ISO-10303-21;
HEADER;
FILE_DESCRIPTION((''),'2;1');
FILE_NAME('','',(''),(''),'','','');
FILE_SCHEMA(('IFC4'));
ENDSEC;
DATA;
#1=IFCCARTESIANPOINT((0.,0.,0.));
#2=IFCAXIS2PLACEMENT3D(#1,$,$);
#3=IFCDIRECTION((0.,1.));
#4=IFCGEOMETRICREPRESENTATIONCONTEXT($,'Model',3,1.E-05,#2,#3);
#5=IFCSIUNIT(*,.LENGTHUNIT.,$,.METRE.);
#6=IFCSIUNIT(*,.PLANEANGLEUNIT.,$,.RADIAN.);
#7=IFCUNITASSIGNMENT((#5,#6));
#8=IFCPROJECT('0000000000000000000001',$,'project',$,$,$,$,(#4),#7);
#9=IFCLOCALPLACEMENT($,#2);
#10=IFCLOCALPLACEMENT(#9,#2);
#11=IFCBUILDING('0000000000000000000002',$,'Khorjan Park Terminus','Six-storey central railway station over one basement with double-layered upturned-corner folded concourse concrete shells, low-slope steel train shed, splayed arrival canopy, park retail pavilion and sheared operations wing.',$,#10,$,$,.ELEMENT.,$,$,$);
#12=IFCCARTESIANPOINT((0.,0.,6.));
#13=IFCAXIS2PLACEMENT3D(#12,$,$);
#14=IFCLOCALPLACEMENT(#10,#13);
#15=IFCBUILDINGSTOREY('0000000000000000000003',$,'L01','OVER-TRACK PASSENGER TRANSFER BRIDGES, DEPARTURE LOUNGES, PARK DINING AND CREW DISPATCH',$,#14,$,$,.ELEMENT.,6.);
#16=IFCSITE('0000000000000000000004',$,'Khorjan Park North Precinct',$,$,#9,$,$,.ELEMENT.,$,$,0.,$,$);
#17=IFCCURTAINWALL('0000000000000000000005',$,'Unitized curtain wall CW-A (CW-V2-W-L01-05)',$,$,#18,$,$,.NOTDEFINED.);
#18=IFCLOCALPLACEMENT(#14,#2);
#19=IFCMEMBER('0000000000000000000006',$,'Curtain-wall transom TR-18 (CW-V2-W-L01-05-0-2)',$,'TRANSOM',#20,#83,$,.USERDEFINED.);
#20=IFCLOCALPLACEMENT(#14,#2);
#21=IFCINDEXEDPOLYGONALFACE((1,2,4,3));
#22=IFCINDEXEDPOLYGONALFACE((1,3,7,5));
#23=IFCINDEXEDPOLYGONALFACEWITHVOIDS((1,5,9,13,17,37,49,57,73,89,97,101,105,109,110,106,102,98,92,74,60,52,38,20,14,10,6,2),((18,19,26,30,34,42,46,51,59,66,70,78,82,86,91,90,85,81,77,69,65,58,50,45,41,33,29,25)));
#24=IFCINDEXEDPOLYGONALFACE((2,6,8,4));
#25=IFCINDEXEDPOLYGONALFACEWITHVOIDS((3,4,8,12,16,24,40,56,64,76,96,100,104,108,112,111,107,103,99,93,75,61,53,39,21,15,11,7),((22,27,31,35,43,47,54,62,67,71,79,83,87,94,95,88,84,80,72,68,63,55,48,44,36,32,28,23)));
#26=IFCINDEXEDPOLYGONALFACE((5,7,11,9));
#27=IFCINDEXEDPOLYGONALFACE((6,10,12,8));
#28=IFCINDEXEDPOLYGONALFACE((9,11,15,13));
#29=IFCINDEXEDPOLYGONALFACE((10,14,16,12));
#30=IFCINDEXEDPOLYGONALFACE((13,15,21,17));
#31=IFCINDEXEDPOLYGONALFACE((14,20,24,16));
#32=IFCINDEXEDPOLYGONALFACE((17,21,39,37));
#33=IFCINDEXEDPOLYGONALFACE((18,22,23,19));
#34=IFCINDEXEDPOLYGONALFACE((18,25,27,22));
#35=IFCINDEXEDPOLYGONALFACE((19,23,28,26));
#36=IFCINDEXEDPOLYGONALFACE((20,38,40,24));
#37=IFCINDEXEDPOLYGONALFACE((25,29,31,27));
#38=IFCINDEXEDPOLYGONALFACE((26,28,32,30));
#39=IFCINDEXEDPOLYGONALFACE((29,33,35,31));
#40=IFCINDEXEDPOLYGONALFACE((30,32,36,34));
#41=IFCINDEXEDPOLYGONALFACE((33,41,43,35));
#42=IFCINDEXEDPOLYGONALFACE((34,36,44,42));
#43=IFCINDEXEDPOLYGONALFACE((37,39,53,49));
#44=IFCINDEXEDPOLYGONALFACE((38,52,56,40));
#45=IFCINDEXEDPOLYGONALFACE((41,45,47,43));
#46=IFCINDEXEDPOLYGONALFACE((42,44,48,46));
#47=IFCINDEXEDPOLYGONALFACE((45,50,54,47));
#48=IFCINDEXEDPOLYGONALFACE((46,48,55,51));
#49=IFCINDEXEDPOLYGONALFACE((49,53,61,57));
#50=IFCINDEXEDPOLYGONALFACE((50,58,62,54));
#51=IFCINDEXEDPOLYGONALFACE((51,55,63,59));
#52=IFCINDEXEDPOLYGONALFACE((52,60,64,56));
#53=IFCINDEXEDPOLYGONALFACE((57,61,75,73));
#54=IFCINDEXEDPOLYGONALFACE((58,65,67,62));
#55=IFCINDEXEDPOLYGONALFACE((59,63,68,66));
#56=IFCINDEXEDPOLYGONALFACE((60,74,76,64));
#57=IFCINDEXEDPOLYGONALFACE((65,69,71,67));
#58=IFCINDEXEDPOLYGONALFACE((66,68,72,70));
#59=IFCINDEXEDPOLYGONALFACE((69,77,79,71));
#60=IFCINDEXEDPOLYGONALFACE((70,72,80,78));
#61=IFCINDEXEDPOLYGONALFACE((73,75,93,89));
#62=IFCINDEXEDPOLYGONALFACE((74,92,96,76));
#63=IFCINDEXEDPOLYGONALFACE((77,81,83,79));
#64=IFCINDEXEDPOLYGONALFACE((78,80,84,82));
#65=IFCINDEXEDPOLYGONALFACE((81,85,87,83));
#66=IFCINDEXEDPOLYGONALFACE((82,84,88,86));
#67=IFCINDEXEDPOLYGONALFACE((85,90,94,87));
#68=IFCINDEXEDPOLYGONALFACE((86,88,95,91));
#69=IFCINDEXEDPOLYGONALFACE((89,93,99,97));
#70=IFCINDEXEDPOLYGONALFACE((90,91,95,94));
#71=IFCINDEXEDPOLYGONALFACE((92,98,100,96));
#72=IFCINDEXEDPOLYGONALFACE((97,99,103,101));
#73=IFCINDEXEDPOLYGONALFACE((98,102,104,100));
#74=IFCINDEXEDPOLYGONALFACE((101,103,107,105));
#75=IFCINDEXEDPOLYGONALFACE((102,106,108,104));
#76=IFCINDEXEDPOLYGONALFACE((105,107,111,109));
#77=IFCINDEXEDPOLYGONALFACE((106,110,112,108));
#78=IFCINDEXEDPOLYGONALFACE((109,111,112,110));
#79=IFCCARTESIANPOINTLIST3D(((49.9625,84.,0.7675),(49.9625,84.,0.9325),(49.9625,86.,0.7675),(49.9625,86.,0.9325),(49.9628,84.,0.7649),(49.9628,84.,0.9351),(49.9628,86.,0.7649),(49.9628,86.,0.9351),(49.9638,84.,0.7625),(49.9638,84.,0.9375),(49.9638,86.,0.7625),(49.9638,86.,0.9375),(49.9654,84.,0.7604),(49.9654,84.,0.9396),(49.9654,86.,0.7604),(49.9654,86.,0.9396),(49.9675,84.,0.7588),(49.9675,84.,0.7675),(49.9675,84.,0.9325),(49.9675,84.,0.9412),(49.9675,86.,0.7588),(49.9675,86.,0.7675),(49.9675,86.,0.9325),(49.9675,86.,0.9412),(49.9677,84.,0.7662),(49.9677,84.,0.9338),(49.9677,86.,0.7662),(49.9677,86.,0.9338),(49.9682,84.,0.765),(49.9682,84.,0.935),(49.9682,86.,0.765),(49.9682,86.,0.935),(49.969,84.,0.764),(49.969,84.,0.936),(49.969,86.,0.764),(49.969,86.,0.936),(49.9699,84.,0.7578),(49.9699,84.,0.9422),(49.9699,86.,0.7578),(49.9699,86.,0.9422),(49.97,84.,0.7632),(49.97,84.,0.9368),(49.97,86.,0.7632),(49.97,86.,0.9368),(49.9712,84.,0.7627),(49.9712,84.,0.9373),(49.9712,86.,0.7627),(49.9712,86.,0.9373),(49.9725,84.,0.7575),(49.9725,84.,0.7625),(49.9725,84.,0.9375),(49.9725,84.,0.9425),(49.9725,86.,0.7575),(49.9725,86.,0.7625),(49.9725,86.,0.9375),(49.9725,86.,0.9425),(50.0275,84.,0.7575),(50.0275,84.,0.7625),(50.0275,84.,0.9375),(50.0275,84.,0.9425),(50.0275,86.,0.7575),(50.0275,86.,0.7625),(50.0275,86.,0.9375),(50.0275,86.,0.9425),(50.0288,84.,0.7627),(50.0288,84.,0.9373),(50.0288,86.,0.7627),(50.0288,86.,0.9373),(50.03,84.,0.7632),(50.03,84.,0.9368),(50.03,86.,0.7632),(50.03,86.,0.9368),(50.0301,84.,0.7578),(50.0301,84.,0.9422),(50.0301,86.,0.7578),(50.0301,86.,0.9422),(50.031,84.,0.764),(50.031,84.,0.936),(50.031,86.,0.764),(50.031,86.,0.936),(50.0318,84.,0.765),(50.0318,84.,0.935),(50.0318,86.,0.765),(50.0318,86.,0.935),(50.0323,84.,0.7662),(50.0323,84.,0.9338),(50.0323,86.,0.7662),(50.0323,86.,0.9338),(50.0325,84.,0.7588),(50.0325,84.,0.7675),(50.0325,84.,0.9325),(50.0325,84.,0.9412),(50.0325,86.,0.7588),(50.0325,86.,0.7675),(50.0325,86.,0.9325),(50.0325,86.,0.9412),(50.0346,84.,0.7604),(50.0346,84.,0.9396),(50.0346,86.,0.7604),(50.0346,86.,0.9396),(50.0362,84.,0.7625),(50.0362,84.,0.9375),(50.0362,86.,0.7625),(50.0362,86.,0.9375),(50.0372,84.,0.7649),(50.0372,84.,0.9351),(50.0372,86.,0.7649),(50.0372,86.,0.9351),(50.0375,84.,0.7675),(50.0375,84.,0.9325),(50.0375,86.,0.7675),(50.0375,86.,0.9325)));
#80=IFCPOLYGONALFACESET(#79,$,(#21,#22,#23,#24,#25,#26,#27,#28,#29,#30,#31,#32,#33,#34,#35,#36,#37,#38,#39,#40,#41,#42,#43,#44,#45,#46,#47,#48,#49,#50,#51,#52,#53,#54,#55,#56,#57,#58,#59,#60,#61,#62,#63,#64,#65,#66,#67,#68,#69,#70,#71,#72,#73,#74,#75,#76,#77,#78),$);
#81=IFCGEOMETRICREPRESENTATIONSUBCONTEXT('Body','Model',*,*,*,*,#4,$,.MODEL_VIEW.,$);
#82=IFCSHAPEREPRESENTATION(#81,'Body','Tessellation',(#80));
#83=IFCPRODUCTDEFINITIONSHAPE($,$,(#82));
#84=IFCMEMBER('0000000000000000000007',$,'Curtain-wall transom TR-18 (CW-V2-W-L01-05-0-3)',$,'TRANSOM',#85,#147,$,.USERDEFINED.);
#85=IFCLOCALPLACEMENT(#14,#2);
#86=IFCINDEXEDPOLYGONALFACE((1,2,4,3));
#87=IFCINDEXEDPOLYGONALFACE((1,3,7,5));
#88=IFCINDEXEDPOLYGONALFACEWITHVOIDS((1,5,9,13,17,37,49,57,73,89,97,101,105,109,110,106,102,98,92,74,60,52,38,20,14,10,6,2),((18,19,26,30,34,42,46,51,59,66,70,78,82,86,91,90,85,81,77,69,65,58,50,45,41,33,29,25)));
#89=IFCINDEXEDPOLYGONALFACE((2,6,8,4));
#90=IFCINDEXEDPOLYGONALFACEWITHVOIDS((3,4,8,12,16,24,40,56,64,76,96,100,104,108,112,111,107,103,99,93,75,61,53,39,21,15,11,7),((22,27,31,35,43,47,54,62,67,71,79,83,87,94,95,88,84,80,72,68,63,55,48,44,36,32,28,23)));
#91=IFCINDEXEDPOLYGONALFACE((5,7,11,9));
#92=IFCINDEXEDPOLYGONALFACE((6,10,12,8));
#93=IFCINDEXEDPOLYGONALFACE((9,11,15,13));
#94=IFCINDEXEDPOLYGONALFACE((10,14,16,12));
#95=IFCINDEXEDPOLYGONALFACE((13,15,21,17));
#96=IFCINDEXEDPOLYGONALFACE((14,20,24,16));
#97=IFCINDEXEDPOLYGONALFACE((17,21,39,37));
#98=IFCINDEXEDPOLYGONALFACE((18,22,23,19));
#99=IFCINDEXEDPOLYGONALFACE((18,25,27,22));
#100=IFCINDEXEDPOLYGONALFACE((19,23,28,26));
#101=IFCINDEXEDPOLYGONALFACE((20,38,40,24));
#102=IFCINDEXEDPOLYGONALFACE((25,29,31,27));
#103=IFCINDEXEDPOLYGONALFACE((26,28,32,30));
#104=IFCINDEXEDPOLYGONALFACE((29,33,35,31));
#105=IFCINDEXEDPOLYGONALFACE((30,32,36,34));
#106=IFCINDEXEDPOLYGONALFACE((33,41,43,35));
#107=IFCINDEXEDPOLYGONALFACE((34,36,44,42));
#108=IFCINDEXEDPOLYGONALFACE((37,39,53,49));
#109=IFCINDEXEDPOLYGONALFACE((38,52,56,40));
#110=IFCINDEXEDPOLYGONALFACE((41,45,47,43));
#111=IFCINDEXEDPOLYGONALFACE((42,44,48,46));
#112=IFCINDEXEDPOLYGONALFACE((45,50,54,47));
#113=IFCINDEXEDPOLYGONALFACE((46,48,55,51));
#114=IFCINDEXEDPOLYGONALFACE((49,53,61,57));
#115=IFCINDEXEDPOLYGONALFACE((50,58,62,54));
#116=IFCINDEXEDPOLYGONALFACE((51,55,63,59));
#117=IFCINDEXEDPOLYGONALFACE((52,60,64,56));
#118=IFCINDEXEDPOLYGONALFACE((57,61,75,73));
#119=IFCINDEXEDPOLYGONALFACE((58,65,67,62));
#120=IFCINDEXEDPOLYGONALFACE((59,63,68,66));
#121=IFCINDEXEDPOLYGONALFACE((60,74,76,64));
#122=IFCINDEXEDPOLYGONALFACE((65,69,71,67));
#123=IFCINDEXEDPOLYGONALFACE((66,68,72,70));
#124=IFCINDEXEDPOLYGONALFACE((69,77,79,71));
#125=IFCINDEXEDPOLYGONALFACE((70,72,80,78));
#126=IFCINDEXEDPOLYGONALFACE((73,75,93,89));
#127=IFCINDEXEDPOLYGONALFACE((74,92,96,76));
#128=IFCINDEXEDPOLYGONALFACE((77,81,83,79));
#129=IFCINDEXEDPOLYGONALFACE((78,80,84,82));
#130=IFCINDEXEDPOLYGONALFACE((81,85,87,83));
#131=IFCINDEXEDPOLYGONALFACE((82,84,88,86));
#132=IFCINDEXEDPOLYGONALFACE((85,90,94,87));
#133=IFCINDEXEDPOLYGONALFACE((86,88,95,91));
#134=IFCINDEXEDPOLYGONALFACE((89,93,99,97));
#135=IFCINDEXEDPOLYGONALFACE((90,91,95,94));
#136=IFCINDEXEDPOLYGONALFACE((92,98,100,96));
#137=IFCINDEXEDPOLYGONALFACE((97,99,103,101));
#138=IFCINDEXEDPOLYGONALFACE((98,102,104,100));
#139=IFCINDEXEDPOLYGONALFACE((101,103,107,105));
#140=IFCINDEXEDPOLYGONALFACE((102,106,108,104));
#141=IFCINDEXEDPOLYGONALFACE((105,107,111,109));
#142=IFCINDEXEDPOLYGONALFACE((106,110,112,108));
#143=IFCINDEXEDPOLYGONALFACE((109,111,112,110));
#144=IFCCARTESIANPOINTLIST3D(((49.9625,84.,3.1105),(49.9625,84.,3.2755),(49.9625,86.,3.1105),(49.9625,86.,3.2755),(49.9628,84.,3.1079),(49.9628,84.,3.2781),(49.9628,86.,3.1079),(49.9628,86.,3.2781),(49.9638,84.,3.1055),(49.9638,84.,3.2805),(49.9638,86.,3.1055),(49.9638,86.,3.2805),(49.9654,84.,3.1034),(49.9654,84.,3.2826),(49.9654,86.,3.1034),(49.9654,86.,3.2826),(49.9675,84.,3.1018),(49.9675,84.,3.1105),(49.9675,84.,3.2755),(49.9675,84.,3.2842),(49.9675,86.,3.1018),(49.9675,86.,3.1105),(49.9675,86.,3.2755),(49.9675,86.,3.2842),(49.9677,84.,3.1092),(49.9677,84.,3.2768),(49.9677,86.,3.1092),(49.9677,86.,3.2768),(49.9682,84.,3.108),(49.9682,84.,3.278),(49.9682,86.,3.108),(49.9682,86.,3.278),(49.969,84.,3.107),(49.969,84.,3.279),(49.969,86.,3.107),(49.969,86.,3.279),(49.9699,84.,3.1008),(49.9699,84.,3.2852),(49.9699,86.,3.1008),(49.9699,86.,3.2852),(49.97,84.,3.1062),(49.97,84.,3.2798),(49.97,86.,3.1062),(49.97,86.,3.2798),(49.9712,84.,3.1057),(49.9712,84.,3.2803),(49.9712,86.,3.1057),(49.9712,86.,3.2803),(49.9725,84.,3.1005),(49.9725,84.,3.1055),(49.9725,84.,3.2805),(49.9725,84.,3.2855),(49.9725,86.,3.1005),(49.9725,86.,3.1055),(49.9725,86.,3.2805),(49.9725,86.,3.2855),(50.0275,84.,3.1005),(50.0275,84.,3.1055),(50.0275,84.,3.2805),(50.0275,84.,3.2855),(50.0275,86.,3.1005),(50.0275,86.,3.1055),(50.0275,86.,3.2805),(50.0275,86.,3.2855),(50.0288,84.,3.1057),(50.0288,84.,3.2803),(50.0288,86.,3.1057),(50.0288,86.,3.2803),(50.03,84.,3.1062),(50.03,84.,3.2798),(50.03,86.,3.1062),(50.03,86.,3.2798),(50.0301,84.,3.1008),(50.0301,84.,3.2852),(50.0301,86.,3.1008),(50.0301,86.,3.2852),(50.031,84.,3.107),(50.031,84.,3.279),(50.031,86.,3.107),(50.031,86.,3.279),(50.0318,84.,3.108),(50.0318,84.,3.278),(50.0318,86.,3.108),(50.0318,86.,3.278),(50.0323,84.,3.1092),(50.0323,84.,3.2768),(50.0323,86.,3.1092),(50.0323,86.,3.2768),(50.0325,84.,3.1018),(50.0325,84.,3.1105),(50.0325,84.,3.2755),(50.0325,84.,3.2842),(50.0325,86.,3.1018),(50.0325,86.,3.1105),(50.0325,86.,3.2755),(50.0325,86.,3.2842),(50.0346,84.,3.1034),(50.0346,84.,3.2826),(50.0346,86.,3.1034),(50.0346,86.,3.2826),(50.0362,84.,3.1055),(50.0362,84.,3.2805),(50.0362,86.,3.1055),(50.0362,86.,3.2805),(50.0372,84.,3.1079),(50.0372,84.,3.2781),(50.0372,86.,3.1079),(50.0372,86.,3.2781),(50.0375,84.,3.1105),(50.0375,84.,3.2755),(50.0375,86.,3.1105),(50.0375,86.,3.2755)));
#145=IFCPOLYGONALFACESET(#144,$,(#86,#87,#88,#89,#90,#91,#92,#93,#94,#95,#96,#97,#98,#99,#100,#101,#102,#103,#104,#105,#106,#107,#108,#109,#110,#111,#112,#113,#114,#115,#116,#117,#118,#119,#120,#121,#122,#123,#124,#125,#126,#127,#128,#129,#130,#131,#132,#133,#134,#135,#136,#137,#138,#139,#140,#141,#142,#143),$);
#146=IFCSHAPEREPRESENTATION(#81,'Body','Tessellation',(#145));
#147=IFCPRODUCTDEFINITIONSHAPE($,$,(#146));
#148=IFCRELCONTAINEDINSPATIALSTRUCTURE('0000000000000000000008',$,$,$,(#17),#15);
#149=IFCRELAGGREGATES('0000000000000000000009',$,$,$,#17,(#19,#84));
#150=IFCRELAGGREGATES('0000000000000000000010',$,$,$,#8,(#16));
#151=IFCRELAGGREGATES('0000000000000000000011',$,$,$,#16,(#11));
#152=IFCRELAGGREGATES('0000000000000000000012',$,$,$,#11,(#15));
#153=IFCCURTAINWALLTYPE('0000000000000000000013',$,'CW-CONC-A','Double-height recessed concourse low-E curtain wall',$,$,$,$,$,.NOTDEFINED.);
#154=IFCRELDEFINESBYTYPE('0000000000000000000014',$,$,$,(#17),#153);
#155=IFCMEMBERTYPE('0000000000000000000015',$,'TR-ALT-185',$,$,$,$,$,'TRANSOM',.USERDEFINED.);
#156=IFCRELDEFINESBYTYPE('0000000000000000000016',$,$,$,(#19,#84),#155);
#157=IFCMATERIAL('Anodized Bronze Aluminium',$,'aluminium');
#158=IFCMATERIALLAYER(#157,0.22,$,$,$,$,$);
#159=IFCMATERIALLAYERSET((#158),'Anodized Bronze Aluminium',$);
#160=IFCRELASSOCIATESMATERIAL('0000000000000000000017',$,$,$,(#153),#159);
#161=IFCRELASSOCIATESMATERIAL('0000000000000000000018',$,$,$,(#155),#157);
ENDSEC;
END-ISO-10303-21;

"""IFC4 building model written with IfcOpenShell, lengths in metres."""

from ifc_helpers import new_model, si_unit, direction, frame, origin, origin_2d, place, context, subcontext, project, spatial, hollow_rectangle, extrude, material, layer, layer_set, material_profile, profile_set, type_object, element, aggregate, save


model = new_model("IFC4")

# Units and contexts
model_context = context("Model", 3, precision=1e-05, world=origin(), true_north=direction((0.0, 1.0)))
body_context = subcontext(model_context, "Body", "Model", "MODEL_VIEW")
ifc_project = project(units=[si_unit("LENGTHUNIT", "METRE"), si_unit("PLANEANGLEUNIT", "RADIAN")], contexts=[model_context])

# Site, building, storey
site_placement = place(None, origin())
site = spatial("IfcSite", under=ifc_project, at=site_placement, Name="Khorjan Park North Precinct", CompositionType="ELEMENT", RefElevation=0.0)
building_placement = place(site_placement, origin())
building = spatial("IfcBuilding", under=site, at=building_placement, Name="Khorjan Park Terminus", Description="Six-storey central railway station over one basement with double-layered upturned-corner folded concourse concrete shells, low-slope steel train shed, splayed arrival canopy, park retail pavilion and sheared operations wing.", CompositionType="ELEMENT")
storey_placement = place(building_placement, frame((0.0, 0.0, 6.0)))
storey = spatial("IfcBuildingStorey", under=building, at=storey_placement, Name="L01", Description="OVER-TRACK PASSENGER TRANSFER BRIDGES, DEPARTURE LOUNGES, PARK DINING AND CREW DISPATCH", CompositionType="ELEMENT", Elevation=6.0)

# Shared definitions
ifc_material_1 = material(Name="Anodized Bronze Aluminium", Category="aluminium")
ifc_layer_1 = layer(ifc_material_1, 0.22)
ifc_layer_set_1 = layer_set([ifc_layer_1], Name="Anodized Bronze Aluminium")
curtain_wall_type_1 = type_object("IfcCurtainWallType", Name="CW-CONC-A", Description="Double-height recessed concourse low-E curtain wall", PredefinedType="NOTDEFINED", material=ifc_layer_set_1)

# Curtain wall
curtain_wall_1_placement = place(storey_placement, origin())
curtain_wall_1 = element("IfcCurtainWall", 1, at=curtain_wall_1_placement, inside=storey, type_object=curtain_wall_type_1, Name="Unitized curtain wall CW-A (CW-V2-W-L01-05)", PredefinedType="NOTDEFINED")

# Members
ifc_material_profile_1 = material_profile(ifc_material_1, hollow_rectangle(XDim=0.075, YDim=0.185, WallThickness=0.005, InnerFilletRadius=0.005, OuterFilletRadius=0.01, at=origin_2d()), Name="ALT 75x185x5")
ifc_profile_set_1 = profile_set([ifc_material_profile_1], Name="Anodized Bronze Aluminium")
member_type_1 = type_object("IfcMemberType", Name="TR-ALT-185", ElementType="TRANSOM", PredefinedType="USERDEFINED", material=ifc_profile_set_1)
member_1_placement = place(storey_placement, frame((50.0, 86.0, 0.85), z_axis=(0.0, -1.0, 0.0), x_axis=(1.0, 0.0, 0.0)))
member_1 = element("IfcMember", 2, at=member_1_placement, type_object=member_type_1, Name="Curtain-wall transom TR-18 (CW-V2-W-L01-05-0-2)", ObjectType="TRANSOM", PredefinedType="USERDEFINED", context=body_context, shape_type="SweptSolid", body=[
    extrude(hollow_rectangle(XDim=0.075, YDim=0.185, WallThickness=0.005, InnerFilletRadius=0.005, OuterFilletRadius=0.01, at=origin_2d()), origin(), (0.0, 0.0, 1.0), 2.0),
])
member_2_placement = place(storey_placement, frame((50.0, 86.0, 3.193), z_axis=(0.0, -1.0, 0.0), x_axis=(1.0, 0.0, 0.0)))
member_2 = element("IfcMember", 3, at=member_2_placement, type_object=member_type_1, Name="Curtain-wall transom TR-18 (CW-V2-W-L01-05-0-3)", ObjectType="TRANSOM", PredefinedType="USERDEFINED", context=body_context, shape_type="SweptSolid", body=[
    extrude(hollow_rectangle(XDim=0.075, YDim=0.185, WallThickness=0.005, InnerFilletRadius=0.005, OuterFilletRadius=0.01, at=origin_2d()), origin(), (0.0, 0.0, 1.0), 2.0),
])

aggregate(curtain_wall_1, [member_1, member_2])

save(model, "model.ifc")
